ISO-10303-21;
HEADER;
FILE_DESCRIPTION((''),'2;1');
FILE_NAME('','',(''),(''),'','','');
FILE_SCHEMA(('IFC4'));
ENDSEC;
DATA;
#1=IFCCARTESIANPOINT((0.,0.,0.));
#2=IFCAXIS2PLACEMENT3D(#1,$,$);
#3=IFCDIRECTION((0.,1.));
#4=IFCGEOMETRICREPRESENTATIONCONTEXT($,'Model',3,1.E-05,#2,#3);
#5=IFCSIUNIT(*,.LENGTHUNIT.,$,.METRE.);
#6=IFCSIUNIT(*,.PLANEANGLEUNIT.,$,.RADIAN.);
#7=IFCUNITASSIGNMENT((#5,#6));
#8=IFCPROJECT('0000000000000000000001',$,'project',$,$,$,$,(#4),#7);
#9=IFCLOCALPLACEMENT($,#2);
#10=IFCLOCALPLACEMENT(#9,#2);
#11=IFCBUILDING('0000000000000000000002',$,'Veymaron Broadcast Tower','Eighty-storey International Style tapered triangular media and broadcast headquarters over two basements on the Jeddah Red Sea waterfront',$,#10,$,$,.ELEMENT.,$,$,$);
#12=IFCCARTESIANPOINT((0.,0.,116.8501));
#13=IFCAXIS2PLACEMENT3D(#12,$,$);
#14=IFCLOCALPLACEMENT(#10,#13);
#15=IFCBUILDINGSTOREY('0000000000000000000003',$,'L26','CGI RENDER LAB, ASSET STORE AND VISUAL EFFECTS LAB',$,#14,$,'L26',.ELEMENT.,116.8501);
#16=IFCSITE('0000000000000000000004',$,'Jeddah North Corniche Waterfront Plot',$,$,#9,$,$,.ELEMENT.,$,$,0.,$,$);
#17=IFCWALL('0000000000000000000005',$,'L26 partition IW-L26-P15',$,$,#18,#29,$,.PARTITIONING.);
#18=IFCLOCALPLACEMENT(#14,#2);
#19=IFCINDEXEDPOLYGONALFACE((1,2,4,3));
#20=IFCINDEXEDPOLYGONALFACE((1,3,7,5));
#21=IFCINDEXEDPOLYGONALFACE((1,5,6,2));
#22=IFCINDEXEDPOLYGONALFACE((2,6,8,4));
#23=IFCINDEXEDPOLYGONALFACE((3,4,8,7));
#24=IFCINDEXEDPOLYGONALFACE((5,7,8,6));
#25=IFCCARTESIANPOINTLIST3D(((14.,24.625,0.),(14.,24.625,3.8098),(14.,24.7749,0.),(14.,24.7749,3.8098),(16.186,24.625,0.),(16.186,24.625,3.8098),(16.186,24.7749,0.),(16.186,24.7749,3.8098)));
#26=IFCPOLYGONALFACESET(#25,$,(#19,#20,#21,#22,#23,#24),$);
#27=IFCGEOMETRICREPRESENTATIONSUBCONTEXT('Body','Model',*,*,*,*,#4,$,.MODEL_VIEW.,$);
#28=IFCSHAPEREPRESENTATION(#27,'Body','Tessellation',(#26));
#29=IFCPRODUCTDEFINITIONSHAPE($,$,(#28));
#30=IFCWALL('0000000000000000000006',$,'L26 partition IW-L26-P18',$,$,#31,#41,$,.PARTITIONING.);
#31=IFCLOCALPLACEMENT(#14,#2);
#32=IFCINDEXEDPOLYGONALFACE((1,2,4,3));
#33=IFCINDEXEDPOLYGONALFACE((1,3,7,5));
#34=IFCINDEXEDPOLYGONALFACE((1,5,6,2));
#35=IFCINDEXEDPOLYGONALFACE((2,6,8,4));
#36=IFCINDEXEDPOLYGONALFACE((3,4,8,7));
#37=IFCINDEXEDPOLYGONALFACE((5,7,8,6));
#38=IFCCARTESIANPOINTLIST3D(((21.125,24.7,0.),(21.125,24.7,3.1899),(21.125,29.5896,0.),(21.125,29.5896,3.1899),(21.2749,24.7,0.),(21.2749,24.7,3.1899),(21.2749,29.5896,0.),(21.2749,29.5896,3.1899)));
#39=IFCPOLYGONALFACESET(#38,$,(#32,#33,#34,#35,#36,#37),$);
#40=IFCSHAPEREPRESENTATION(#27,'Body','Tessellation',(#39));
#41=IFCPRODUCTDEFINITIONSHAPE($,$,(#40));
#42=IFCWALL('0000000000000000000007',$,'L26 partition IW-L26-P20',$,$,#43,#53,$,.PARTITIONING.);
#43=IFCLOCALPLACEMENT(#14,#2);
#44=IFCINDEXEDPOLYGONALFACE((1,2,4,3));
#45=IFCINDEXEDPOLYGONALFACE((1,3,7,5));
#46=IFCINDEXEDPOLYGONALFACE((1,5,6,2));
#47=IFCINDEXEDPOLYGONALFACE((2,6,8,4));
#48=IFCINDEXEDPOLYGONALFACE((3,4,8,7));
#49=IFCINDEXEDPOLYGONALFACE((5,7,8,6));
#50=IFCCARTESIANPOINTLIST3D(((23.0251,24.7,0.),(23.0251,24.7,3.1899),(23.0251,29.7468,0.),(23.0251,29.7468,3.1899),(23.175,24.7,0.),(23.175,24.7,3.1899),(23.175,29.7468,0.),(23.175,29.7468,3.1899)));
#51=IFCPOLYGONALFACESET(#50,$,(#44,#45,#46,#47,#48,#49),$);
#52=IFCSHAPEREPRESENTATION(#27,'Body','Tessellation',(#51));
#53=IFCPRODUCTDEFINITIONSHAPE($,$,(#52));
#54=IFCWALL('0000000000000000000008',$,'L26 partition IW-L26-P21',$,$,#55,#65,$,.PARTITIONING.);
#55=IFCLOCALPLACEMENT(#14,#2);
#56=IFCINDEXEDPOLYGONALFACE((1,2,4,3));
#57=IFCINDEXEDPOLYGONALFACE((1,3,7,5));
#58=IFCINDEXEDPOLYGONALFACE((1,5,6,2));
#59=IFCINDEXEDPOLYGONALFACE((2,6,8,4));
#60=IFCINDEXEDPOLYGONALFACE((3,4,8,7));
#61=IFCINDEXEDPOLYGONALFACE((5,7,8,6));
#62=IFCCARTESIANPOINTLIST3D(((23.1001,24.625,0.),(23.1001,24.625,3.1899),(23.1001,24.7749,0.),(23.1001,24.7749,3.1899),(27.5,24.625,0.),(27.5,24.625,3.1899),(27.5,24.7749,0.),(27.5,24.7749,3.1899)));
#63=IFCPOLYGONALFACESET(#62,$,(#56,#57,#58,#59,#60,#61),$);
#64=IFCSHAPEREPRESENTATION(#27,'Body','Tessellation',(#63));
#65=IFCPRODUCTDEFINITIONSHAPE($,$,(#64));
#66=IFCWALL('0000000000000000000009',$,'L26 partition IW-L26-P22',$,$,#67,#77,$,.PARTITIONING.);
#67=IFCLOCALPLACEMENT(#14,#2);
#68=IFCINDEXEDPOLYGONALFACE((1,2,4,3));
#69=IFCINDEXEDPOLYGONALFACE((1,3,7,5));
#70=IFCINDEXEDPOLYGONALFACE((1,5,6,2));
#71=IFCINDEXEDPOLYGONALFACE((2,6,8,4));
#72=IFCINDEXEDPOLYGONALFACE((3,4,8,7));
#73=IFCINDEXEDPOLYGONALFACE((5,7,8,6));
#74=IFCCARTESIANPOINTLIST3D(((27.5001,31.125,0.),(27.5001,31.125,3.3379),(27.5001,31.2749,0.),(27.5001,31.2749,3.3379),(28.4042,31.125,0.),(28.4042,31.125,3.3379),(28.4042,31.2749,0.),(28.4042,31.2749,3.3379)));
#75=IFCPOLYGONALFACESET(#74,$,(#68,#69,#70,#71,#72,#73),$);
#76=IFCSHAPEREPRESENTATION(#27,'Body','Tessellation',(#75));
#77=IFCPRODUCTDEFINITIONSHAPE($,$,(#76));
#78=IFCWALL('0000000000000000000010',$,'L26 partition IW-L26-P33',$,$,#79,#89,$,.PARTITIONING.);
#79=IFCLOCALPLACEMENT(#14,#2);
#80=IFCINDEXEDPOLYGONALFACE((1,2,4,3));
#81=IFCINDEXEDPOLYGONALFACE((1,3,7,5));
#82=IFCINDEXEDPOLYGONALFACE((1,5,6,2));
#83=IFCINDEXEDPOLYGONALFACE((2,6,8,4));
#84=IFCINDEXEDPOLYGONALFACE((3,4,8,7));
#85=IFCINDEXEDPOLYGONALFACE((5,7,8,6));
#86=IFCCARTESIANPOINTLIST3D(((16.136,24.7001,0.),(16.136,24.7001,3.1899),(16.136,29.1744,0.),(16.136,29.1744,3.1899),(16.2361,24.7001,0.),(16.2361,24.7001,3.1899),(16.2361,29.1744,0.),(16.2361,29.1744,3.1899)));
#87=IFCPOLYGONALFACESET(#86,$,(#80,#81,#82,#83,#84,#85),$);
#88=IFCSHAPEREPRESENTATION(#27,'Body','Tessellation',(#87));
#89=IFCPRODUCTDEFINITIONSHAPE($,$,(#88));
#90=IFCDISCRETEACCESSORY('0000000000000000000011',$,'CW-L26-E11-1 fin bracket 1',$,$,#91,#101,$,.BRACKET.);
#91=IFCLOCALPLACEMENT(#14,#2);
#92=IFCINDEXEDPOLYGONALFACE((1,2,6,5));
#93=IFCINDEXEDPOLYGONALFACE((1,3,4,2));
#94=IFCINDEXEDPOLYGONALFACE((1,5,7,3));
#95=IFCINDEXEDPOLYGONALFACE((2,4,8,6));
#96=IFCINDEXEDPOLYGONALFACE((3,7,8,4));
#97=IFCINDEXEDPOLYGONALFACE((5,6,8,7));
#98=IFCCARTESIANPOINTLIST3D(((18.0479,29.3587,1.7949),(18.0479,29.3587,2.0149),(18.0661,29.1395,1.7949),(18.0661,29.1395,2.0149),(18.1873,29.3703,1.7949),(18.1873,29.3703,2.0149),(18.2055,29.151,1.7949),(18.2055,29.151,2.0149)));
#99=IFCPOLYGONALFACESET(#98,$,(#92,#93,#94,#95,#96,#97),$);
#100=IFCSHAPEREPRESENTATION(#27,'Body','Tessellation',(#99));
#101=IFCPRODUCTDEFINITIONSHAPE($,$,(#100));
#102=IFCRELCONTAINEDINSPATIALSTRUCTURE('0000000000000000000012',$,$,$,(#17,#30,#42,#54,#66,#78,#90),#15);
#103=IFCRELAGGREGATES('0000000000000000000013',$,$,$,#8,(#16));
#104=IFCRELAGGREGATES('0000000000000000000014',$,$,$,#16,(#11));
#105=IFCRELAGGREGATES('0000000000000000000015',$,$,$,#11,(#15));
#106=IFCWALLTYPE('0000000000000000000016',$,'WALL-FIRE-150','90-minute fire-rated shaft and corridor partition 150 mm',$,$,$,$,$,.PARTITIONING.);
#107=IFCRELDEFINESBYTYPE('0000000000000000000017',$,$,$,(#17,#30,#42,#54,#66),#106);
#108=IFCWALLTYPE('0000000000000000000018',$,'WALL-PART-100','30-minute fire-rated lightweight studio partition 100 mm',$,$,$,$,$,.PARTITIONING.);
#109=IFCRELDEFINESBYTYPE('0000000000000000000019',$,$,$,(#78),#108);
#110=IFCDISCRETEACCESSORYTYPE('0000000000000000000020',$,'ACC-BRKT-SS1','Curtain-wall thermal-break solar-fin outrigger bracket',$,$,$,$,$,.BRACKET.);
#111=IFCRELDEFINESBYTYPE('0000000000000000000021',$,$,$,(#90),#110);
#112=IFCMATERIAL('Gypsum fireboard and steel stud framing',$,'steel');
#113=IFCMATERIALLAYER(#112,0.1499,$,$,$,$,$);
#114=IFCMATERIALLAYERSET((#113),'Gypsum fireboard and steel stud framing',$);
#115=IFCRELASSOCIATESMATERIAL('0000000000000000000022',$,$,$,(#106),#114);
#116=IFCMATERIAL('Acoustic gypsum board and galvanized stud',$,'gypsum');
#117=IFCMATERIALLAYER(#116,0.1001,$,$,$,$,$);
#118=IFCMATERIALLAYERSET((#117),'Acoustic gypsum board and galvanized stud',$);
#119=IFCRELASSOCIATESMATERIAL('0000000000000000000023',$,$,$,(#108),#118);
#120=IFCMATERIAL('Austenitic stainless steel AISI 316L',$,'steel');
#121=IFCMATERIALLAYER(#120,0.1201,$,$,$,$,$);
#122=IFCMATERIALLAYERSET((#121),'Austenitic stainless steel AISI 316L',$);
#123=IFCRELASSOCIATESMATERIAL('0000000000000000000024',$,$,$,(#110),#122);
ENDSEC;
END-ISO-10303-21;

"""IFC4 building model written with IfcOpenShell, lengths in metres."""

from ifc_helpers import new_model, si_unit, direction, frame, frame_2d, origin, origin_2d, place, context, subcontext, project, spatial, rectangle, extrude, material, layer, layer_set, type_object, element, save


model = new_model("IFC4")

# Units and contexts
model_context = context("Model", 3, precision=1e-05, world=origin(), true_north=direction((0.0, 1.0)))
body_context = subcontext(model_context, "Body", "Model", "MODEL_VIEW")
ifc_project = project(units=[si_unit("LENGTHUNIT", "METRE"), si_unit("PLANEANGLEUNIT", "RADIAN")], contexts=[model_context])

# Site, building, storey
site_placement = place(None, origin())
site = spatial("IfcSite", under=ifc_project, at=site_placement, Name="Jeddah North Corniche Waterfront Plot", CompositionType="ELEMENT", RefElevation=0.0)
building_placement = place(site_placement, origin())
building = spatial("IfcBuilding", under=site, at=building_placement, Name="Veymaron Broadcast Tower", Description="Eighty-storey International Style tapered triangular media and broadcast headquarters over two basements on the Jeddah Red Sea waterfront", CompositionType="ELEMENT")
storey_placement = place(building_placement, frame((0.0, 0.0, 116.8501)))
storey = spatial("IfcBuildingStorey", under=building, at=storey_placement, Name="L26", Description="CGI RENDER LAB, ASSET STORE AND VISUAL EFFECTS LAB", LongName="L26", CompositionType="ELEMENT", Elevation=116.8501)

# Shared definitions
ifc_material_1 = material(Name="Gypsum fireboard and steel stud framing", Category="steel")
ifc_layer_1 = layer(ifc_material_1, 0.1499)
ifc_layer_set_1 = layer_set([ifc_layer_1], Name="Gypsum fireboard and steel stud framing")
wall_type_1 = type_object("IfcWallType", Name="WALL-FIRE-150", Description="90-minute fire-rated shaft and corridor partition 150 mm", PredefinedType="PARTITIONING", material=ifc_layer_set_1)

# Walls
wall_1_placement = place(storey_placement, frame((14.0, 24.7, 0.0), z_axis=(0.0, 0.0, 1.0), x_axis=(1.0, 0.0, 0.0)))
element("IfcWall", 1, at=wall_1_placement, inside=storey, type_object=wall_type_1, Name="L26 partition IW-L26-P15", PredefinedType="PARTITIONING", context=body_context, shape_type="SweptSolid", body=[
    extrude(rectangle(XDim=2.186, YDim=0.1499, at=frame_2d((1.093, 0.0))), origin(), (0.0, 0.0, 1.0), 3.8098),
])
wall_2_placement = place(storey_placement, frame((21.2, 24.7, 0.0), z_axis=(0.0, 0.0, 1.0), x_axis=(0.0, 1.0, 0.0)))
element("IfcWall", 2, at=wall_2_placement, inside=storey, type_object=wall_type_1, Name="L26 partition IW-L26-P18", PredefinedType="PARTITIONING", context=body_context, shape_type="SweptSolid", body=[
    extrude(rectangle(XDim=4.8896, YDim=0.1499, at=frame_2d((2.4448, 0.0))), origin(), (0.0, 0.0, 1.0), 3.1899),
])
wall_3_placement = place(storey_placement, frame((23.1001, 24.7, 0.0), z_axis=(0.0, 0.0, 1.0), x_axis=(0.0, 1.0, 0.0)))
element("IfcWall", 3, at=wall_3_placement, inside=storey, type_object=wall_type_1, Name="L26 partition IW-L26-P20", PredefinedType="PARTITIONING", context=body_context, shape_type="SweptSolid", body=[
    extrude(rectangle(XDim=5.0469, YDim=0.1499, at=frame_2d((2.5234, 0.0))), origin(), (0.0, 0.0, 1.0), 3.1899),
])
wall_4_placement = place(storey_placement, frame((23.1001, 24.7, 0.0), z_axis=(0.0, 0.0, 1.0), x_axis=(1.0, 0.0, 0.0)))
element("IfcWall", 4, at=wall_4_placement, inside=storey, type_object=wall_type_1, Name="L26 partition IW-L26-P21", PredefinedType="PARTITIONING", context=body_context, shape_type="SweptSolid", body=[
    extrude(rectangle(XDim=4.3999, YDim=0.1499, at=frame_2d((2.2, 0.0))), origin(), (0.0, 0.0, 1.0), 3.1899),
])
wall_5_placement = place(storey_placement, frame((27.5, 31.2, 0.0), z_axis=(0.0, 0.0, 1.0), x_axis=(1.0, 0.0, 0.0)))
element("IfcWall", 5, at=wall_5_placement, inside=storey, type_object=wall_type_1, Name="L26 partition IW-L26-P22", PredefinedType="PARTITIONING", context=body_context, shape_type="SweptSolid", body=[
    extrude(rectangle(XDim=0.9041, YDim=0.1499, at=frame_2d((0.4521, 0.0))), origin(), (0.0, 0.0, 1.0), 3.3379),
])
ifc_material_2 = material(Name="Acoustic gypsum board and galvanized stud", Category="gypsum")
ifc_layer_2 = layer(ifc_material_2, 0.1001)
ifc_layer_set_2 = layer_set([ifc_layer_2], Name="Acoustic gypsum board and galvanized stud")
wall_type_2 = type_object("IfcWallType", Name="WALL-PART-100", Description="30-minute fire-rated lightweight studio partition 100 mm", PredefinedType="PARTITIONING", material=ifc_layer_set_2)
wall_6_placement = place(storey_placement, frame((16.186, 24.7, 0.0), z_axis=(0.0, 0.0, 1.0), x_axis=(0.0, 1.0, 0.0)))
element("IfcWall", 6, at=wall_6_placement, inside=storey, type_object=wall_type_2, Name="L26 partition IW-L26-P33", PredefinedType="PARTITIONING", context=body_context, shape_type="SweptSolid", body=[
    extrude(rectangle(XDim=4.4744, YDim=0.1001, at=frame_2d((2.2373, 0.0))), origin(), (0.0, 0.0, 1.0), 3.1899),
])

# Discrete accessory
ifc_material_3 = material(Name="Austenitic stainless steel AISI 316L", Category="steel")
ifc_layer_3 = layer(ifc_material_3, 0.1201)
ifc_layer_set_3 = layer_set([ifc_layer_3], Name="Austenitic stainless steel AISI 316L")
discrete_accessory_type = type_object("IfcDiscreteAccessoryType", Name="ACC-BRKT-SS1", Description="Curtain-wall thermal-break solar-fin outrigger bracket", PredefinedType="BRACKET", material=ifc_layer_set_3)
discrete_accessory_placement = place(storey_placement, frame((18.1267, 29.2549, 1.7949), z_axis=(0.0, 0.0, 1.0), x_axis=(-0.08253, 0.996589, 0.0)))
element("IfcDiscreteAccessory", 7, at=discrete_accessory_placement, inside=storey, type_object=discrete_accessory_type, Name="CW-L26-E11-1 fin bracket 1", PredefinedType="BRACKET", context=body_context, shape_type="SweptSolid", body=[
    extrude(rectangle(XDim=0.22, YDim=0.1399, at=origin_2d()), origin(), (0.0, 0.0, 1.0), 0.22),
])

save(model, "model.ifc")
